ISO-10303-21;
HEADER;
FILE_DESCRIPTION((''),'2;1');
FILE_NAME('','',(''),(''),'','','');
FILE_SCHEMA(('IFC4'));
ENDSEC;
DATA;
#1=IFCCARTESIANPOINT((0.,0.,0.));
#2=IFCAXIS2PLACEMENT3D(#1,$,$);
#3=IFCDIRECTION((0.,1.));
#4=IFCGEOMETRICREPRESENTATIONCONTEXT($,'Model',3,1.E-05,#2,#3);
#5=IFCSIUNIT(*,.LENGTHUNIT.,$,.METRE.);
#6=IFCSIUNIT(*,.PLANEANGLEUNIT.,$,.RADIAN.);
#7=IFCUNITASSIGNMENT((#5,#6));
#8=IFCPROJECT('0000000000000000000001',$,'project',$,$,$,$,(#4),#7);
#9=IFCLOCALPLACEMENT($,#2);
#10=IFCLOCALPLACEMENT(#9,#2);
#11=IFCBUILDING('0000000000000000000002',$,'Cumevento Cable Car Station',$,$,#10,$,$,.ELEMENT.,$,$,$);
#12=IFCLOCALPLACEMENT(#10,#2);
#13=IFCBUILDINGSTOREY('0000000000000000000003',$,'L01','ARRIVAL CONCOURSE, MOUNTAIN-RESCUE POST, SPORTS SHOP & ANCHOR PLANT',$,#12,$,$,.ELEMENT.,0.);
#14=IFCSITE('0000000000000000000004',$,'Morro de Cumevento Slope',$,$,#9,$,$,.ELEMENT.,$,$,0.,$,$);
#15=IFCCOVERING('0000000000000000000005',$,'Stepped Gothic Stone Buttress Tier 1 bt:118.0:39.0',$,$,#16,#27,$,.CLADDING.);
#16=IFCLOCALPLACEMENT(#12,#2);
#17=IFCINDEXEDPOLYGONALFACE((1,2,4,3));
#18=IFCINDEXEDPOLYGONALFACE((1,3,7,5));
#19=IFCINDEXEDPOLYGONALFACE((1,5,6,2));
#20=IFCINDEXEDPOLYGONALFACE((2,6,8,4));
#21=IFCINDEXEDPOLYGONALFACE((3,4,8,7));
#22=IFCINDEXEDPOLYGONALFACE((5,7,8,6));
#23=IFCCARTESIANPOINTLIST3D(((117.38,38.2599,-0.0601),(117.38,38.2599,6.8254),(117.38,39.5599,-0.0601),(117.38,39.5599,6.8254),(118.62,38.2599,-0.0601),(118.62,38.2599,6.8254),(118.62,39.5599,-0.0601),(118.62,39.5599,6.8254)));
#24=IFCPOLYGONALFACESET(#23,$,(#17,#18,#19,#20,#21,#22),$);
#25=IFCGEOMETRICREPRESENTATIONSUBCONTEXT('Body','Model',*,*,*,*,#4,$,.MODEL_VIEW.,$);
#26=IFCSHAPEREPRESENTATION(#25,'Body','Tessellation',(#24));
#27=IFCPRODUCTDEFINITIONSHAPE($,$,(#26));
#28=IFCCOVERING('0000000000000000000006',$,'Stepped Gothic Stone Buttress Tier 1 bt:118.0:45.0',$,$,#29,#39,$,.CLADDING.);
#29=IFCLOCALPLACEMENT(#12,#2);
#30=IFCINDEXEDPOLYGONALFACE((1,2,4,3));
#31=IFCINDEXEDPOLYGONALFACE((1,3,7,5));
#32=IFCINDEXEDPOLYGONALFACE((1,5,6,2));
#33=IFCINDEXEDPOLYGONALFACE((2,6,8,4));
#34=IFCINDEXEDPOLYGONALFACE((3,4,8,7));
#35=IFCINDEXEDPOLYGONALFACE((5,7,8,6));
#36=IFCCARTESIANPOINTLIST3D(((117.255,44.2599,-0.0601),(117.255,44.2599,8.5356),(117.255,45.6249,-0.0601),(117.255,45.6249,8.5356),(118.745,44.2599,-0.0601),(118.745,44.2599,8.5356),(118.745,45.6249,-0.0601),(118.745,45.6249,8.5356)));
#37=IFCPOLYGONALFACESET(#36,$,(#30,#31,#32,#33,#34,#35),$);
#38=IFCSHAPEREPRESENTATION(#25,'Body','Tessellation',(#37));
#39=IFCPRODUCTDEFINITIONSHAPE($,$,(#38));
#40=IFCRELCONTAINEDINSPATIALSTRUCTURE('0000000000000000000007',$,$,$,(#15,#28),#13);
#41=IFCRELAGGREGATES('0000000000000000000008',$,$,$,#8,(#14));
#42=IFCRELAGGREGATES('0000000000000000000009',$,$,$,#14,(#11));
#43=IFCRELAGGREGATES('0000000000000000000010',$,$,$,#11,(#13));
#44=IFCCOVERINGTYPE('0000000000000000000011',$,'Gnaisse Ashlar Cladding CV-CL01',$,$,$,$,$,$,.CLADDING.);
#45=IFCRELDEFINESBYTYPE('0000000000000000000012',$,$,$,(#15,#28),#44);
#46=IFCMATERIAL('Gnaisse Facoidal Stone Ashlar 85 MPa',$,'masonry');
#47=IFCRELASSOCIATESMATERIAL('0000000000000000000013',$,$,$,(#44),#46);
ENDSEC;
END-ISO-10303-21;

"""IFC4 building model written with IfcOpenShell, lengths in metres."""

from ifc_helpers import new_model, si_unit, direction, frame, origin, origin_2d, place, context, subcontext, project, spatial, rectangle, extrude, material, type_object, element, save


model = new_model("IFC4")

# Units and contexts
model_context = context("Model", 3, precision=1e-05, world=origin(), true_north=direction((0.0, 1.0)))
body_context = subcontext(model_context, "Body", "Model", "MODEL_VIEW")
ifc_project = project(units=[si_unit("LENGTHUNIT", "METRE"), si_unit("PLANEANGLEUNIT", "RADIAN")], contexts=[model_context])

# Site, building, storey
site_placement = place(None, origin())
site = spatial("IfcSite", under=ifc_project, at=site_placement, Name="Morro de Cumevento Slope", CompositionType="ELEMENT", RefElevation=0.0)
building_placement = place(site_placement, origin())
building = spatial("IfcBuilding", under=site, at=building_placement, Name="Cumevento Cable Car Station", CompositionType="ELEMENT")
storey_placement = place(building_placement, origin())
storey = spatial("IfcBuildingStorey", under=building, at=storey_placement, Name="L01", Description="ARRIVAL CONCOURSE, MOUNTAIN-RESCUE POST, SPORTS SHOP & ANCHOR PLANT", CompositionType="ELEMENT", Elevation=0.0)

# Coverings
ifc_material_1 = material(Name="Gnaisse Facoidal Stone Ashlar 85 MPa", Category="masonry")
covering_type = type_object("IfcCoveringType", Name="Gnaisse Ashlar Cladding CV-CL01", PredefinedType="CLADDING", material=ifc_material_1)
covering_1_placement = place(storey_placement, frame((118.0, 38.9099, -0.0601), z_axis=(0.0, 0.0, 1.0), x_axis=(1.0, 0.0, 0.0)))
element("IfcCovering", 1, at=covering_1_placement, inside=storey, type_object=covering_type, Name="Stepped Gothic Stone Buttress Tier 1 bt:118.0:39.0", PredefinedType="CLADDING", context=body_context, shape_type="SweptSolid", body=[
    extrude(rectangle(XDim=1.24, YDim=1.3, at=origin_2d()), origin(), (0.0, 0.0, 1.0), 6.8855),
])
covering_2_placement = place(storey_placement, frame((118.0, 44.9424, -0.0601), z_axis=(0.0, 0.0, 1.0), x_axis=(1.0, 0.0, 0.0)))
element("IfcCovering", 2, at=covering_2_placement, inside=storey, type_object=covering_type, Name="Stepped Gothic Stone Buttress Tier 1 bt:118.0:45.0", PredefinedType="CLADDING", context=body_context, shape_type="SweptSolid", body=[
    extrude(rectangle(XDim=1.49, YDim=1.365, at=origin_2d()), origin(), (0.0, 0.0, 1.0), 8.5957),
])

save(model, "model.ifc")
